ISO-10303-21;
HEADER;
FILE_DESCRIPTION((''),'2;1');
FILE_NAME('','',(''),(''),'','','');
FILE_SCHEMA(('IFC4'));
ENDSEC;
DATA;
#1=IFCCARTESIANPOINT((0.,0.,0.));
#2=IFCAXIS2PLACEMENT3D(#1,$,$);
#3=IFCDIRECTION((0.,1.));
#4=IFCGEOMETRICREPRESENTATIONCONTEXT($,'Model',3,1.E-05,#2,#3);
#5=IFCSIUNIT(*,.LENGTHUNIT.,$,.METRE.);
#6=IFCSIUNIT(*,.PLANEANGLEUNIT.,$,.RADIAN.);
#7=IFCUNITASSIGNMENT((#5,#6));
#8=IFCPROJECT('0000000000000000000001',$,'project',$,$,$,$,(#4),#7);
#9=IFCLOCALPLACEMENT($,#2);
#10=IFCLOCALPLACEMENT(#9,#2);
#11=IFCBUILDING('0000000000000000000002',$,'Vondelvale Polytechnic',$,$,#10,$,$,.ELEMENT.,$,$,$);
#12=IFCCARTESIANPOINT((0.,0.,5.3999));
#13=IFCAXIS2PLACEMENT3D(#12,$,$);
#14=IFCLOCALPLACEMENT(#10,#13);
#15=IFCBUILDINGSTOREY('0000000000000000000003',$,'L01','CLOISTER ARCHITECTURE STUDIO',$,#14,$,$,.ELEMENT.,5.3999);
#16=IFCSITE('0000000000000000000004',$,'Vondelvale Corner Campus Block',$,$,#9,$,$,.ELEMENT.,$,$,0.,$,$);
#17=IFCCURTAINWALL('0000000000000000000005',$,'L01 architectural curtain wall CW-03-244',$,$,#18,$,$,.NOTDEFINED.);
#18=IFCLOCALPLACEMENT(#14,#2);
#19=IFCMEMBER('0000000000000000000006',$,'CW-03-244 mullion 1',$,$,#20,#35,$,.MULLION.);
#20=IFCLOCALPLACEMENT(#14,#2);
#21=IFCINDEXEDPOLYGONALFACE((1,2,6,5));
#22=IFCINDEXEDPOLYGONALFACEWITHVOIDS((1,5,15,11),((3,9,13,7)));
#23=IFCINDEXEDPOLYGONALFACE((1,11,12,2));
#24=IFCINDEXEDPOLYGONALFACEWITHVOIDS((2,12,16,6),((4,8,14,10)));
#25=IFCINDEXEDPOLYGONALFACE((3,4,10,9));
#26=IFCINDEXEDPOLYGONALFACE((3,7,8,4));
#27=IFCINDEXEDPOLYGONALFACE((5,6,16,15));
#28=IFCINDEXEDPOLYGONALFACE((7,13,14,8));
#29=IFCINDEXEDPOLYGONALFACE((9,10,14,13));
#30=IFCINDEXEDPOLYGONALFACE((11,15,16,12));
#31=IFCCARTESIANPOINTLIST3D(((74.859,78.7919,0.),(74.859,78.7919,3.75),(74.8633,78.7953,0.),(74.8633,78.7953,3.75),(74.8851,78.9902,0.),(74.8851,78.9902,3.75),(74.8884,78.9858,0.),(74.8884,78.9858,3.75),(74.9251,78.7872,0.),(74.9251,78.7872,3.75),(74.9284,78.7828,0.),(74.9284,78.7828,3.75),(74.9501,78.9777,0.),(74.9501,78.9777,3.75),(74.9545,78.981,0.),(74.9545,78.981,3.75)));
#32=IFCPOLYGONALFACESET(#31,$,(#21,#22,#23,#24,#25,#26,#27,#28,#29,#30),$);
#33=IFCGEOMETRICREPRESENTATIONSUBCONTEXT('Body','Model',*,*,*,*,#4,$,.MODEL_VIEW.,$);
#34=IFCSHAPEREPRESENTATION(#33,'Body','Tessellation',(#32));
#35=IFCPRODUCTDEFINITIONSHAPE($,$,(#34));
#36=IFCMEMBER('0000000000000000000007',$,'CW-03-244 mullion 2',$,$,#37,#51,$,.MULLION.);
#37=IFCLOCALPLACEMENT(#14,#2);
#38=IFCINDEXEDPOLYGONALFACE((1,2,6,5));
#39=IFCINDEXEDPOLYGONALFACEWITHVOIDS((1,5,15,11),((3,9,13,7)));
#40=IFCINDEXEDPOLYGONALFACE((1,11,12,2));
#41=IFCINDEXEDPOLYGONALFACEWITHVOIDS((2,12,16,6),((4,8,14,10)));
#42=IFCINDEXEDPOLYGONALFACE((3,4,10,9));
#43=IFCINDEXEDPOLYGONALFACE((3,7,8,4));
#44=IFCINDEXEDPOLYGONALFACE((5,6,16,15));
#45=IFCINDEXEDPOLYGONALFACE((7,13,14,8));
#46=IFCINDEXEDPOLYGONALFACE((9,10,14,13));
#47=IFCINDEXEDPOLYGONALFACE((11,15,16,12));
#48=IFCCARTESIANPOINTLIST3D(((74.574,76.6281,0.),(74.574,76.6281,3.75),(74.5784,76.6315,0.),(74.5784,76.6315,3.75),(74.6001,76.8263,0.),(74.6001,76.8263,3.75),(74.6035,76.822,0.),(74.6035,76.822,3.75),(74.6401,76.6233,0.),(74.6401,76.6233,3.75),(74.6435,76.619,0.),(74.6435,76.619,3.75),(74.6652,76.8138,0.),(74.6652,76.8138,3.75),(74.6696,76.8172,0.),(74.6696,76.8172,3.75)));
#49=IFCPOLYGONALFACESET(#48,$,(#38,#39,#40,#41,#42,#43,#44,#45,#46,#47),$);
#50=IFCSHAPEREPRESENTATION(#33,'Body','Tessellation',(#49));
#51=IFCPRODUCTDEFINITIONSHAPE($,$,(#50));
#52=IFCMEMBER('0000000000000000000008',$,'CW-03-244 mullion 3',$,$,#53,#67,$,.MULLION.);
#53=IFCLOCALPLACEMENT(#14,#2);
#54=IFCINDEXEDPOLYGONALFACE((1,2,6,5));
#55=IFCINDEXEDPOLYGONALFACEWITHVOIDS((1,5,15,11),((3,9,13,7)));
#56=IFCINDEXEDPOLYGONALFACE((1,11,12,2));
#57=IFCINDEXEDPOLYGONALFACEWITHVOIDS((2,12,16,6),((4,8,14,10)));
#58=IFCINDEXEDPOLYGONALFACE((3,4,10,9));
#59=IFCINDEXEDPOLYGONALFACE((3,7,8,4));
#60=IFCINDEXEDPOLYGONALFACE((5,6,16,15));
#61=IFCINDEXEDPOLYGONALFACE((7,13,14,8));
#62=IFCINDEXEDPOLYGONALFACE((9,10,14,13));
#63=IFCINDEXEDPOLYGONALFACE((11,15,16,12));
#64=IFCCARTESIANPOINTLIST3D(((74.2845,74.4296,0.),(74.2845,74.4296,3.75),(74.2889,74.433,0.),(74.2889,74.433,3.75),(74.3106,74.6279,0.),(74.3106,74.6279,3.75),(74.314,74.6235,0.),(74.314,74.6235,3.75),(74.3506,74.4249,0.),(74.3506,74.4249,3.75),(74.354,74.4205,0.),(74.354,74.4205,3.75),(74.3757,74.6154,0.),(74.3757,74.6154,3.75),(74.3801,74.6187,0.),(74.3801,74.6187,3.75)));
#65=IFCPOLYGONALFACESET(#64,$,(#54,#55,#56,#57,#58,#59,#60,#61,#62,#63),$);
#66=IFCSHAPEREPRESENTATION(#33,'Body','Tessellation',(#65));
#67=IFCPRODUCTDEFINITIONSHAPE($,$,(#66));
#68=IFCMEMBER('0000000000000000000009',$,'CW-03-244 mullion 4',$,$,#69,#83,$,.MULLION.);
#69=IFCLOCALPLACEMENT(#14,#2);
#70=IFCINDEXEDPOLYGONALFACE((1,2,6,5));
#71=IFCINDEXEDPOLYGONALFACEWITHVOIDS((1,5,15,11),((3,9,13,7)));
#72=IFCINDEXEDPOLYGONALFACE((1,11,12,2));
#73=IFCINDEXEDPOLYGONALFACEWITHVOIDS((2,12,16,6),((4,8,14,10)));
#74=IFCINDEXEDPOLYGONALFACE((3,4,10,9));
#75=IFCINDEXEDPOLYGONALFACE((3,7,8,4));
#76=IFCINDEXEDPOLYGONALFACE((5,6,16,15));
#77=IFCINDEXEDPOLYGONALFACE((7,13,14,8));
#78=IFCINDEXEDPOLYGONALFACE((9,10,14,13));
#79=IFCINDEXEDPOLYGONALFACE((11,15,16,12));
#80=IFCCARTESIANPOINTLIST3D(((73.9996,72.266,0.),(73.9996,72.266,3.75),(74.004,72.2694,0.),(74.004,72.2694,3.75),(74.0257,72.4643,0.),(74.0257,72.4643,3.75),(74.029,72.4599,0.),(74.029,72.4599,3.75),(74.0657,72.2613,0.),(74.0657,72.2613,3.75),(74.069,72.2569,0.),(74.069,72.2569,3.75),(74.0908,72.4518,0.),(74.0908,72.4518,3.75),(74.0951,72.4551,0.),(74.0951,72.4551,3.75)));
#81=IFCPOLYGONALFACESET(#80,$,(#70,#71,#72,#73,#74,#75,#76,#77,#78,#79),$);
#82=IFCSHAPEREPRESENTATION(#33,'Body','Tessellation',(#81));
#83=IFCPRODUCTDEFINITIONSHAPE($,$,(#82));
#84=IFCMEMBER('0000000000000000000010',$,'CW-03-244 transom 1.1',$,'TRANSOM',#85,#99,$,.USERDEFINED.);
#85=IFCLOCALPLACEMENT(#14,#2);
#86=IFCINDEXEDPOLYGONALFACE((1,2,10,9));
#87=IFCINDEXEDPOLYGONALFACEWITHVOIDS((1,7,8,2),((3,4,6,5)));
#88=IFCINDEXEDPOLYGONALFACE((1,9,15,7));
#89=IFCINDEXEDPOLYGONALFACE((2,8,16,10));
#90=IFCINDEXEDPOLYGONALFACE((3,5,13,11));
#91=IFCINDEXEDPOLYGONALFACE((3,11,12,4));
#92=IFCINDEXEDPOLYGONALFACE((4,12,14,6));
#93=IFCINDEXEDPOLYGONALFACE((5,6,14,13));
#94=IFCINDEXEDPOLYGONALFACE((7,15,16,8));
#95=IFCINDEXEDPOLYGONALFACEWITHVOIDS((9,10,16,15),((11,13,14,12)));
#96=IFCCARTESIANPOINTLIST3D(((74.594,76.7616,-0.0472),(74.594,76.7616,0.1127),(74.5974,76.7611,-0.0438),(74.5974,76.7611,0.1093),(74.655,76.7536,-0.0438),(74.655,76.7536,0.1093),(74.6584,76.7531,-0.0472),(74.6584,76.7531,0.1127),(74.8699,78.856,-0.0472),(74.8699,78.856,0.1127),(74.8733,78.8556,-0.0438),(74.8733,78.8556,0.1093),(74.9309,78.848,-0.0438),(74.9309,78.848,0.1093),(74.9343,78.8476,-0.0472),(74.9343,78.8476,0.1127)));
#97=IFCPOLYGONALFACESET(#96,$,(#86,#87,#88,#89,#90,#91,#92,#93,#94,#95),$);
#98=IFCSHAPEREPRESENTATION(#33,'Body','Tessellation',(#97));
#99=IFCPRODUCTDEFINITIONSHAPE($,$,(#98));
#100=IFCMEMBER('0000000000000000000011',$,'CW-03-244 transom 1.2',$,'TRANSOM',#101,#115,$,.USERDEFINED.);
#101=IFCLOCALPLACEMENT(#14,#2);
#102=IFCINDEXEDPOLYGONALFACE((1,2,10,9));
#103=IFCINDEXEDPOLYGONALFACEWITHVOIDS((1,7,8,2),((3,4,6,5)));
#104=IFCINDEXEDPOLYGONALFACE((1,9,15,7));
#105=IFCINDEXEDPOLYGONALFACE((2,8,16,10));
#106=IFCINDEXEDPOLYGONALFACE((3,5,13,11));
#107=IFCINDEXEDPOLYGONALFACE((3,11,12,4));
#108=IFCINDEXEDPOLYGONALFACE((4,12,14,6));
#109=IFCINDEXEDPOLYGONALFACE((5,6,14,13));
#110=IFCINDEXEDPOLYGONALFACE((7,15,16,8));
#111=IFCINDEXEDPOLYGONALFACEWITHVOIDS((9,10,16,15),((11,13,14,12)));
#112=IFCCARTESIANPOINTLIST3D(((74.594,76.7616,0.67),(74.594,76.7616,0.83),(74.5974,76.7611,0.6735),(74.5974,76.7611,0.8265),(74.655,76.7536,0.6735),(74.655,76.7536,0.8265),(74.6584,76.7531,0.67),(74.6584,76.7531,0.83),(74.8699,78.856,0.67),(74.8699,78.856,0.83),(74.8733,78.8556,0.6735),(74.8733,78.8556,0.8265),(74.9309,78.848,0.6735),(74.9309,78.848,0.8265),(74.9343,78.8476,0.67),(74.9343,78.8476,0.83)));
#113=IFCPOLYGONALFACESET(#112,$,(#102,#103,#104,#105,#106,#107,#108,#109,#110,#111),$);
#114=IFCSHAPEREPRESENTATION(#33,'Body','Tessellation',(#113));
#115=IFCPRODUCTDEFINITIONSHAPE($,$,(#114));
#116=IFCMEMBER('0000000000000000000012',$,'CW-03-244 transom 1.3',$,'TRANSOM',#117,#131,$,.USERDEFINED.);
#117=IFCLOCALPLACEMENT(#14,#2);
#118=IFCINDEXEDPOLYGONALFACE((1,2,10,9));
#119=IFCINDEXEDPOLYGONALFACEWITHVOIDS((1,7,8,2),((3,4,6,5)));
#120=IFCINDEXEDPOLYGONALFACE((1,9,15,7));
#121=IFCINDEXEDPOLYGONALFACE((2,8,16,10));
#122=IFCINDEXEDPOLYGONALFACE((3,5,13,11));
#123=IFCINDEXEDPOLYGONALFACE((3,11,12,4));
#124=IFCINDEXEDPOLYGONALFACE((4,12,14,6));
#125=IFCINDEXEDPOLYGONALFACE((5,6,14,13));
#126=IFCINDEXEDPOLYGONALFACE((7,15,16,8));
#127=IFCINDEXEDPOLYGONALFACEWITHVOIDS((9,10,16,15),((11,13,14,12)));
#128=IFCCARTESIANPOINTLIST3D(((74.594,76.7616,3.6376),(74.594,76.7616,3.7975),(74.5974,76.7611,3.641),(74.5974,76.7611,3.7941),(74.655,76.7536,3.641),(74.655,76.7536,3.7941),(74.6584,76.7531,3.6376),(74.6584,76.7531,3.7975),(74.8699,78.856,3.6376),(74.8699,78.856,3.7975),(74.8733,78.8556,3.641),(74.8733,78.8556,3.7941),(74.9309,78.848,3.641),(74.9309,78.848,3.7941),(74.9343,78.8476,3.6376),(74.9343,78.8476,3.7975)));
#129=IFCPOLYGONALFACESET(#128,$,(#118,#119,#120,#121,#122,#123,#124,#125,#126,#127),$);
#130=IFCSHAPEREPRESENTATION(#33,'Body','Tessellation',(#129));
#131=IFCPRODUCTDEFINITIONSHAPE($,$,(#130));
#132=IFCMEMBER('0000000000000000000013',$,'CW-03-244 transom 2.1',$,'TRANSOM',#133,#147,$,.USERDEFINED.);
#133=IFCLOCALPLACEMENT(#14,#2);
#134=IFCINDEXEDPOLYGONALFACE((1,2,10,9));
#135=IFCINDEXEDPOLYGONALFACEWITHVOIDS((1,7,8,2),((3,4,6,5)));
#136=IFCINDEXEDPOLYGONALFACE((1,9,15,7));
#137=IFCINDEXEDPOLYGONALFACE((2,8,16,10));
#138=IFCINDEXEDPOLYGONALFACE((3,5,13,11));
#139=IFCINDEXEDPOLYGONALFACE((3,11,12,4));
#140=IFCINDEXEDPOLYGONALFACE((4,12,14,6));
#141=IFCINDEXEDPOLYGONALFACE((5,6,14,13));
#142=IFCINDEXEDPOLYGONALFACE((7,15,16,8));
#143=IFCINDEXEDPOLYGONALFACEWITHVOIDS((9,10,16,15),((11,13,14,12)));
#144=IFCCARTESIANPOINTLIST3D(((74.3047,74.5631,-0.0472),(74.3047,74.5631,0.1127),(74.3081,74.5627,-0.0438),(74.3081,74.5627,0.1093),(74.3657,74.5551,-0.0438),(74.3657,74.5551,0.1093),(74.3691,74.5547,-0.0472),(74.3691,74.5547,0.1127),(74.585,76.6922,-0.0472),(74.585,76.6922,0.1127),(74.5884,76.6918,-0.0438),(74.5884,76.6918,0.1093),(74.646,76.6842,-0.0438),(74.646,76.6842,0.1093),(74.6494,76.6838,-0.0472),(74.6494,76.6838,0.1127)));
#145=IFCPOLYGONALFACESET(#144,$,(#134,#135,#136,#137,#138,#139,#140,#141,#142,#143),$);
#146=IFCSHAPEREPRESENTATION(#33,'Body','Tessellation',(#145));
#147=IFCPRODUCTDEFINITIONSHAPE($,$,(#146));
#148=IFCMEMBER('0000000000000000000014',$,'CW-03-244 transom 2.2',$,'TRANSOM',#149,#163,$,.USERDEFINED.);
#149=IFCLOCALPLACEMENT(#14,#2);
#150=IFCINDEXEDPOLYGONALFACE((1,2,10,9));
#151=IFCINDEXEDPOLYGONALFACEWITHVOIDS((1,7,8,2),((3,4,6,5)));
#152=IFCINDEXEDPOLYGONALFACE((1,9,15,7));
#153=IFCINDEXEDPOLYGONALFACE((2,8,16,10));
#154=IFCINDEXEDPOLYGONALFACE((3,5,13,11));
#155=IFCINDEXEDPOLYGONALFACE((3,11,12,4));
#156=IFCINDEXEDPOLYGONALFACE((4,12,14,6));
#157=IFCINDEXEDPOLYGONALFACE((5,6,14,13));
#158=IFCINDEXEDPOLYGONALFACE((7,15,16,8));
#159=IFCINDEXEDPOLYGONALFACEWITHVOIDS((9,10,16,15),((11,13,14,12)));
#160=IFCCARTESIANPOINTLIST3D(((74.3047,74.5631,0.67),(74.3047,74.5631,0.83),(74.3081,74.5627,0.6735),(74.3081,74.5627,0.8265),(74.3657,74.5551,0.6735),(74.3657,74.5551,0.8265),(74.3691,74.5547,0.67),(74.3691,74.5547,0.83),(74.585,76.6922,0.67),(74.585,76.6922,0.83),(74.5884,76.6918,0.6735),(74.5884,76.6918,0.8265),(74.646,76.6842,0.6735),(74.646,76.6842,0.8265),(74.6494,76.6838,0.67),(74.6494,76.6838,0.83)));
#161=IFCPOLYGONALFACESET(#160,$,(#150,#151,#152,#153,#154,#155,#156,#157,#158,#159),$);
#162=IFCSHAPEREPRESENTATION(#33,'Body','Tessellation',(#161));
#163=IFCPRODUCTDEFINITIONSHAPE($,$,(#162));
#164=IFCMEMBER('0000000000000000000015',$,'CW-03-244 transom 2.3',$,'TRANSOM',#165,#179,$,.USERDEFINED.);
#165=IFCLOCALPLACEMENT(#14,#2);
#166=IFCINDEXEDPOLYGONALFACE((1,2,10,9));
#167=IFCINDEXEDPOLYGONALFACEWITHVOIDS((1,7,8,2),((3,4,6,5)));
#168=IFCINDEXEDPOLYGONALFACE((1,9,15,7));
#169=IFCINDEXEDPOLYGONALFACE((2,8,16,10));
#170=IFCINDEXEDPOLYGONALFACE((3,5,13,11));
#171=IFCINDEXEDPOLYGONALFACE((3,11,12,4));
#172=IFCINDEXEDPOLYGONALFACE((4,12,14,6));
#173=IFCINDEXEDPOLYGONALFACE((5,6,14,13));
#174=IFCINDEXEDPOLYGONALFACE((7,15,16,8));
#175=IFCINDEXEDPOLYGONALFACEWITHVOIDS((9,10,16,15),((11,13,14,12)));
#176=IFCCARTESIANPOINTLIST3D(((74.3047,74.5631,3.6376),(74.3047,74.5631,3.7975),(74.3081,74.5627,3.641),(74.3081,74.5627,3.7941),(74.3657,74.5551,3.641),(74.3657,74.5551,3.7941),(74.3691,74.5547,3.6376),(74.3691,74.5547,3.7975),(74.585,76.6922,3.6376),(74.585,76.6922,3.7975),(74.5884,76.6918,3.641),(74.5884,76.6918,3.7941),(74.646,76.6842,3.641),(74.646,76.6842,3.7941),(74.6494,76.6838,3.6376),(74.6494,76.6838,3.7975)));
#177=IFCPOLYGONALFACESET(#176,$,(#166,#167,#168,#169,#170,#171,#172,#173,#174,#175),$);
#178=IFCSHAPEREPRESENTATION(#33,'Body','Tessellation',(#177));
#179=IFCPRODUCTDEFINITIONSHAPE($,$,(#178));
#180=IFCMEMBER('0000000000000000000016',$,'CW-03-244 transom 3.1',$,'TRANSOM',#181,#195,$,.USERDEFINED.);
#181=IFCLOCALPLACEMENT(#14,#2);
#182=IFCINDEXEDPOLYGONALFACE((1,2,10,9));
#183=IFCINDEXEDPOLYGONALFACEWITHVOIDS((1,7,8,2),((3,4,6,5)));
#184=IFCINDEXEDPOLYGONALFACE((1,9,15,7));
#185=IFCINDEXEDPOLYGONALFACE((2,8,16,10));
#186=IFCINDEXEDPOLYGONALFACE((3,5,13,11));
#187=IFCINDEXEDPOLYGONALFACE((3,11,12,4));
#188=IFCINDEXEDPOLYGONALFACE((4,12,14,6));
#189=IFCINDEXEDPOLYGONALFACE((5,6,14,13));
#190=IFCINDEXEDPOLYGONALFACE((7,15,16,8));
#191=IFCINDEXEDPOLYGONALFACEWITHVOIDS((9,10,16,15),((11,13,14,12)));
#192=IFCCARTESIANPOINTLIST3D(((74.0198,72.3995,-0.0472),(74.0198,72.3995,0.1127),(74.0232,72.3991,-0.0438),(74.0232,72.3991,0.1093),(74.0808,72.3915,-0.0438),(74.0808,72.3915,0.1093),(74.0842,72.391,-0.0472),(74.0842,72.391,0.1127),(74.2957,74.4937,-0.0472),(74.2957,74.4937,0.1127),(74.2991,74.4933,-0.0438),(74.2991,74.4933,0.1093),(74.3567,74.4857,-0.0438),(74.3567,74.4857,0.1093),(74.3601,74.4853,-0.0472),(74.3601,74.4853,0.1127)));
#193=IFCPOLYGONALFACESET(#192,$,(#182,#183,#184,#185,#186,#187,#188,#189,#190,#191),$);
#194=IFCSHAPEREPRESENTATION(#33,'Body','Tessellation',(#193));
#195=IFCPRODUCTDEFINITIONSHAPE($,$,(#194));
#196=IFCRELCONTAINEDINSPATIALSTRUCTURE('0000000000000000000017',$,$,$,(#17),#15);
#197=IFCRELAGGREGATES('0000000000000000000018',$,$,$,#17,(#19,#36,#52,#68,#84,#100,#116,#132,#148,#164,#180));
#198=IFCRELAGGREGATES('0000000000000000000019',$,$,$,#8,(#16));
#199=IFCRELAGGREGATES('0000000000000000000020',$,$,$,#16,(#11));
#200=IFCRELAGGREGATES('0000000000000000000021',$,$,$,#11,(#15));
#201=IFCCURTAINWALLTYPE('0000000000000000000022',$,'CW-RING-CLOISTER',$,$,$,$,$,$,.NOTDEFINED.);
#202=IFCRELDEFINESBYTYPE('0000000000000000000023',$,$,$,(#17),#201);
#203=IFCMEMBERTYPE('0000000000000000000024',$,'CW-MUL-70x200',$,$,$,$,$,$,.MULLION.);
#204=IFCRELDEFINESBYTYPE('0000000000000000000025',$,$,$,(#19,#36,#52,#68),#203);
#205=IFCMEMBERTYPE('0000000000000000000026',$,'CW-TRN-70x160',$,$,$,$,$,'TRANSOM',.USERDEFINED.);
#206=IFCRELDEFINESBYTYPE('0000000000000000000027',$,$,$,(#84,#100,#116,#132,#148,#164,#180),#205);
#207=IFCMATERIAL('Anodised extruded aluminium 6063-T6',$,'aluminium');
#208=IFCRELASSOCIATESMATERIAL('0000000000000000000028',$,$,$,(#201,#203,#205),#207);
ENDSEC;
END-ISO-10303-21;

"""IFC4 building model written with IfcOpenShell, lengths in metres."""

from ifc_helpers import new_model, si_unit, direction, frame, origin, origin_2d, place, context, subcontext, project, spatial, hollow_rectangle, extrude, material, material_profile, profile_set, type_object, element, aggregate, save


model = new_model("IFC4")

# Units and contexts
model_context = context("Model", 3, precision=1e-05, world=origin(), true_north=direction((0.0, 1.0)))
body_context = subcontext(model_context, "Body", "Model", "MODEL_VIEW")
ifc_project = project(units=[si_unit("LENGTHUNIT", "METRE"), si_unit("PLANEANGLEUNIT", "RADIAN")], contexts=[model_context])

# Site, building, storey
site_placement = place(None, origin())
site = spatial("IfcSite", under=ifc_project, at=site_placement, Name="Vondelvale Corner Campus Block", CompositionType="ELEMENT", RefElevation=0.0)
building_placement = place(site_placement, origin())
building = spatial("IfcBuilding", under=site, at=building_placement, Name="Vondelvale Polytechnic", CompositionType="ELEMENT")
storey_placement = place(building_placement, frame((0.0, 0.0, 5.3999)))
storey = spatial("IfcBuildingStorey", under=building, at=storey_placement, Name="L01", Description="CLOISTER ARCHITECTURE STUDIO", CompositionType="ELEMENT", Elevation=5.3999)

# Curtain wall, members
ifc_material_1 = material(Name="Anodised extruded aluminium 6063-T6", Category="aluminium")
curtain_wall_type = type_object("IfcCurtainWallType", Name="CW-RING-CLOISTER", PredefinedType="NOTDEFINED", material=ifc_material_1)
curtain_wall_placement = place(storey_placement, origin())
curtain_wall = element("IfcCurtainWall", 1, at=curtain_wall_placement, inside=storey, type_object=curtain_wall_type, Name="L01 architectural curtain wall CW-03-244", PredefinedType="NOTDEFINED")
ifc_material_profile_1 = material_profile(ifc_material_1, hollow_rectangle(XDim=0.0701, YDim=0.2, WallThickness=0.0039, at=origin_2d()), Name="CW-MUL-200x70")
ifc_profile_set_1 = profile_set([ifc_material_profile_1], Name="Anodised extruded aluminium 6063-T6")
member_type_1 = type_object("IfcMemberType", Name="CW-MUL-70x200", PredefinedType="MULLION", material=ifc_profile_set_1)
member_1_placement = place(storey_placement, frame((74.9067, 78.8865, 0.0), z_axis=(0.0, 0.0, 1.0), x_axis=(0.991445, -0.130528, 0.0)))
member_1 = element("IfcMember", 2, at=member_1_placement, type_object=member_type_1, Name="CW-03-244 mullion 1", PredefinedType="MULLION", context=body_context, shape_type="SweptSolid", body=[
    extrude(hollow_rectangle(XDim=0.0701, YDim=0.2, WallThickness=0.0039, at=origin_2d()), origin(), (0.0, 0.0, 1.0), 3.75),
])
member_2_placement = place(storey_placement, frame((74.6218, 76.7227, 0.0), z_axis=(0.0, 0.0, 1.0), x_axis=(0.991445, -0.130528, 0.0)))
member_2 = element("IfcMember", 3, at=member_2_placement, type_object=member_type_1, Name="CW-03-244 mullion 2", PredefinedType="MULLION", context=body_context, shape_type="SweptSolid", body=[
    extrude(hollow_rectangle(XDim=0.0701, YDim=0.2, WallThickness=0.0039, at=origin_2d()), origin(), (0.0, 0.0, 1.0), 3.75),
])
member_3_placement = place(storey_placement, frame((74.3323, 74.5242, 0.0), z_axis=(0.0, 0.0, 1.0), x_axis=(0.991445, -0.130528, 0.0)))
member_3 = element("IfcMember", 4, at=member_3_placement, type_object=member_type_1, Name="CW-03-244 mullion 3", PredefinedType="MULLION", context=body_context, shape_type="SweptSolid", body=[
    extrude(hollow_rectangle(XDim=0.0701, YDim=0.2, WallThickness=0.0039, at=origin_2d()), origin(), (0.0, 0.0, 1.0), 3.75),
])
member_4_placement = place(storey_placement, frame((74.0474, 72.3606, 0.0), z_axis=(0.0, 0.0, 1.0), x_axis=(0.991445, -0.130528, 0.0)))
member_4 = element("IfcMember", 5, at=member_4_placement, type_object=member_type_1, Name="CW-03-244 mullion 4", PredefinedType="MULLION", context=body_context, shape_type="SweptSolid", body=[
    extrude(hollow_rectangle(XDim=0.0701, YDim=0.2, WallThickness=0.0039, at=origin_2d()), origin(), (0.0, 0.0, 1.0), 3.75),
])
ifc_material_profile_2 = material_profile(ifc_material_1, hollow_rectangle(XDim=0.0649, YDim=0.1599, WallThickness=0.0034, at=origin_2d()), Name="CW-TRN-160x65")
ifc_profile_set_2 = profile_set([ifc_material_profile_2], Name="Anodised extruded aluminium 6063-T6")
member_type_2 = type_object("IfcMemberType", Name="CW-TRN-70x160", ElementType="TRANSOM", PredefinedType="USERDEFINED", material=ifc_profile_set_2)
member_5_placement = place(storey_placement, frame((74.9021, 78.8518, 0.0327), z_axis=(-0.130589, -0.991437, 0.0), x_axis=(0.991437, -0.130589, 0.0)))
member_5 = element("IfcMember", 6, at=member_5_placement, type_object=member_type_2, Name="CW-03-244 transom 1.1", ObjectType="TRANSOM", PredefinedType="USERDEFINED", context=body_context, shape_type="SweptSolid", body=[
    extrude(hollow_rectangle(XDim=0.0649, YDim=0.1599, WallThickness=0.0034, at=origin_2d()), origin(), (0.0, 0.0, 1.0), 2.1125),
])
member_6_placement = place(storey_placement, frame((74.9021, 78.8518, 0.75), z_axis=(-0.130589, -0.991437, 0.0), x_axis=(0.991437, -0.130589, 0.0)))
member_6 = element("IfcMember", 7, at=member_6_placement, type_object=member_type_2, Name="CW-03-244 transom 1.2", ObjectType="TRANSOM", PredefinedType="USERDEFINED", context=body_context, shape_type="SweptSolid", body=[
    extrude(hollow_rectangle(XDim=0.0649, YDim=0.1599, WallThickness=0.0034, at=origin_2d()), origin(), (0.0, 0.0, 1.0), 2.1125),
])
member_7_placement = place(storey_placement, frame((74.9021, 78.8518, 3.7175), z_axis=(-0.130589, -0.991437, 0.0), x_axis=(0.991437, -0.130589, 0.0)))
member_7 = element("IfcMember", 8, at=member_7_placement, type_object=member_type_2, Name="CW-03-244 transom 1.3", ObjectType="TRANSOM", PredefinedType="USERDEFINED", context=body_context, shape_type="SweptSolid", body=[
    extrude(hollow_rectangle(XDim=0.0649, YDim=0.1599, WallThickness=0.0034, at=origin_2d()), origin(), (0.0, 0.0, 1.0), 2.1125),
])
member_8_placement = place(storey_placement, frame((74.6172, 76.688, 0.0327), z_axis=(-0.13051, -0.991447, 0.0), x_axis=(0.991447, -0.13051, 0.0)))
member_8 = element("IfcMember", 9, at=member_8_placement, type_object=member_type_2, Name="CW-03-244 transom 2.1", ObjectType="TRANSOM", PredefinedType="USERDEFINED", context=body_context, shape_type="SweptSolid", body=[
    extrude(hollow_rectangle(XDim=0.0649, YDim=0.1599, WallThickness=0.0034, at=origin_2d()), origin(), (0.0, 0.0, 1.0), 2.1475),
])
member_9_placement = place(storey_placement, frame((74.6172, 76.688, 0.75), z_axis=(-0.13051, -0.991447, 0.0), x_axis=(0.991447, -0.13051, 0.0)))
member_9 = element("IfcMember", 10, at=member_9_placement, type_object=member_type_2, Name="CW-03-244 transom 2.2", ObjectType="TRANSOM", PredefinedType="USERDEFINED", context=body_context, shape_type="SweptSolid", body=[
    extrude(hollow_rectangle(XDim=0.0649, YDim=0.1599, WallThickness=0.0034, at=origin_2d()), origin(), (0.0, 0.0, 1.0), 2.1475),
])
member_10_placement = place(storey_placement, frame((74.6172, 76.688, 3.7175), z_axis=(-0.13051, -0.991447, 0.0), x_axis=(0.991447, -0.13051, 0.0)))
member_10 = element("IfcMember", 11, at=member_10_placement, type_object=member_type_2, Name="CW-03-244 transom 2.3", ObjectType="TRANSOM", PredefinedType="USERDEFINED", context=body_context, shape_type="SweptSolid", body=[
    extrude(hollow_rectangle(XDim=0.0649, YDim=0.1599, WallThickness=0.0034, at=origin_2d()), origin(), (0.0, 0.0, 1.0), 2.1475),
])
member_11_placement = place(storey_placement, frame((74.3279, 74.4895, 0.0327), z_axis=(-0.130604, -0.991435, 0.0), x_axis=(0.991435, -0.130604, 0.0)))
member_11 = element("IfcMember", 12, at=member_11_placement, type_object=member_type_2, Name="CW-03-244 transom 3.1", ObjectType="TRANSOM", PredefinedType="USERDEFINED", context=body_context, shape_type="SweptSolid", body=[
    extrude(hollow_rectangle(XDim=0.0649, YDim=0.1599, WallThickness=0.0034, at=origin_2d()), origin(), (0.0, 0.0, 1.0), 2.1123),
])
aggregate(curtain_wall, [member_1, member_2, member_3, member_4, member_5, member_6, member_7, member_8, member_9, member_10, member_11])

save(model, "model.ifc")
